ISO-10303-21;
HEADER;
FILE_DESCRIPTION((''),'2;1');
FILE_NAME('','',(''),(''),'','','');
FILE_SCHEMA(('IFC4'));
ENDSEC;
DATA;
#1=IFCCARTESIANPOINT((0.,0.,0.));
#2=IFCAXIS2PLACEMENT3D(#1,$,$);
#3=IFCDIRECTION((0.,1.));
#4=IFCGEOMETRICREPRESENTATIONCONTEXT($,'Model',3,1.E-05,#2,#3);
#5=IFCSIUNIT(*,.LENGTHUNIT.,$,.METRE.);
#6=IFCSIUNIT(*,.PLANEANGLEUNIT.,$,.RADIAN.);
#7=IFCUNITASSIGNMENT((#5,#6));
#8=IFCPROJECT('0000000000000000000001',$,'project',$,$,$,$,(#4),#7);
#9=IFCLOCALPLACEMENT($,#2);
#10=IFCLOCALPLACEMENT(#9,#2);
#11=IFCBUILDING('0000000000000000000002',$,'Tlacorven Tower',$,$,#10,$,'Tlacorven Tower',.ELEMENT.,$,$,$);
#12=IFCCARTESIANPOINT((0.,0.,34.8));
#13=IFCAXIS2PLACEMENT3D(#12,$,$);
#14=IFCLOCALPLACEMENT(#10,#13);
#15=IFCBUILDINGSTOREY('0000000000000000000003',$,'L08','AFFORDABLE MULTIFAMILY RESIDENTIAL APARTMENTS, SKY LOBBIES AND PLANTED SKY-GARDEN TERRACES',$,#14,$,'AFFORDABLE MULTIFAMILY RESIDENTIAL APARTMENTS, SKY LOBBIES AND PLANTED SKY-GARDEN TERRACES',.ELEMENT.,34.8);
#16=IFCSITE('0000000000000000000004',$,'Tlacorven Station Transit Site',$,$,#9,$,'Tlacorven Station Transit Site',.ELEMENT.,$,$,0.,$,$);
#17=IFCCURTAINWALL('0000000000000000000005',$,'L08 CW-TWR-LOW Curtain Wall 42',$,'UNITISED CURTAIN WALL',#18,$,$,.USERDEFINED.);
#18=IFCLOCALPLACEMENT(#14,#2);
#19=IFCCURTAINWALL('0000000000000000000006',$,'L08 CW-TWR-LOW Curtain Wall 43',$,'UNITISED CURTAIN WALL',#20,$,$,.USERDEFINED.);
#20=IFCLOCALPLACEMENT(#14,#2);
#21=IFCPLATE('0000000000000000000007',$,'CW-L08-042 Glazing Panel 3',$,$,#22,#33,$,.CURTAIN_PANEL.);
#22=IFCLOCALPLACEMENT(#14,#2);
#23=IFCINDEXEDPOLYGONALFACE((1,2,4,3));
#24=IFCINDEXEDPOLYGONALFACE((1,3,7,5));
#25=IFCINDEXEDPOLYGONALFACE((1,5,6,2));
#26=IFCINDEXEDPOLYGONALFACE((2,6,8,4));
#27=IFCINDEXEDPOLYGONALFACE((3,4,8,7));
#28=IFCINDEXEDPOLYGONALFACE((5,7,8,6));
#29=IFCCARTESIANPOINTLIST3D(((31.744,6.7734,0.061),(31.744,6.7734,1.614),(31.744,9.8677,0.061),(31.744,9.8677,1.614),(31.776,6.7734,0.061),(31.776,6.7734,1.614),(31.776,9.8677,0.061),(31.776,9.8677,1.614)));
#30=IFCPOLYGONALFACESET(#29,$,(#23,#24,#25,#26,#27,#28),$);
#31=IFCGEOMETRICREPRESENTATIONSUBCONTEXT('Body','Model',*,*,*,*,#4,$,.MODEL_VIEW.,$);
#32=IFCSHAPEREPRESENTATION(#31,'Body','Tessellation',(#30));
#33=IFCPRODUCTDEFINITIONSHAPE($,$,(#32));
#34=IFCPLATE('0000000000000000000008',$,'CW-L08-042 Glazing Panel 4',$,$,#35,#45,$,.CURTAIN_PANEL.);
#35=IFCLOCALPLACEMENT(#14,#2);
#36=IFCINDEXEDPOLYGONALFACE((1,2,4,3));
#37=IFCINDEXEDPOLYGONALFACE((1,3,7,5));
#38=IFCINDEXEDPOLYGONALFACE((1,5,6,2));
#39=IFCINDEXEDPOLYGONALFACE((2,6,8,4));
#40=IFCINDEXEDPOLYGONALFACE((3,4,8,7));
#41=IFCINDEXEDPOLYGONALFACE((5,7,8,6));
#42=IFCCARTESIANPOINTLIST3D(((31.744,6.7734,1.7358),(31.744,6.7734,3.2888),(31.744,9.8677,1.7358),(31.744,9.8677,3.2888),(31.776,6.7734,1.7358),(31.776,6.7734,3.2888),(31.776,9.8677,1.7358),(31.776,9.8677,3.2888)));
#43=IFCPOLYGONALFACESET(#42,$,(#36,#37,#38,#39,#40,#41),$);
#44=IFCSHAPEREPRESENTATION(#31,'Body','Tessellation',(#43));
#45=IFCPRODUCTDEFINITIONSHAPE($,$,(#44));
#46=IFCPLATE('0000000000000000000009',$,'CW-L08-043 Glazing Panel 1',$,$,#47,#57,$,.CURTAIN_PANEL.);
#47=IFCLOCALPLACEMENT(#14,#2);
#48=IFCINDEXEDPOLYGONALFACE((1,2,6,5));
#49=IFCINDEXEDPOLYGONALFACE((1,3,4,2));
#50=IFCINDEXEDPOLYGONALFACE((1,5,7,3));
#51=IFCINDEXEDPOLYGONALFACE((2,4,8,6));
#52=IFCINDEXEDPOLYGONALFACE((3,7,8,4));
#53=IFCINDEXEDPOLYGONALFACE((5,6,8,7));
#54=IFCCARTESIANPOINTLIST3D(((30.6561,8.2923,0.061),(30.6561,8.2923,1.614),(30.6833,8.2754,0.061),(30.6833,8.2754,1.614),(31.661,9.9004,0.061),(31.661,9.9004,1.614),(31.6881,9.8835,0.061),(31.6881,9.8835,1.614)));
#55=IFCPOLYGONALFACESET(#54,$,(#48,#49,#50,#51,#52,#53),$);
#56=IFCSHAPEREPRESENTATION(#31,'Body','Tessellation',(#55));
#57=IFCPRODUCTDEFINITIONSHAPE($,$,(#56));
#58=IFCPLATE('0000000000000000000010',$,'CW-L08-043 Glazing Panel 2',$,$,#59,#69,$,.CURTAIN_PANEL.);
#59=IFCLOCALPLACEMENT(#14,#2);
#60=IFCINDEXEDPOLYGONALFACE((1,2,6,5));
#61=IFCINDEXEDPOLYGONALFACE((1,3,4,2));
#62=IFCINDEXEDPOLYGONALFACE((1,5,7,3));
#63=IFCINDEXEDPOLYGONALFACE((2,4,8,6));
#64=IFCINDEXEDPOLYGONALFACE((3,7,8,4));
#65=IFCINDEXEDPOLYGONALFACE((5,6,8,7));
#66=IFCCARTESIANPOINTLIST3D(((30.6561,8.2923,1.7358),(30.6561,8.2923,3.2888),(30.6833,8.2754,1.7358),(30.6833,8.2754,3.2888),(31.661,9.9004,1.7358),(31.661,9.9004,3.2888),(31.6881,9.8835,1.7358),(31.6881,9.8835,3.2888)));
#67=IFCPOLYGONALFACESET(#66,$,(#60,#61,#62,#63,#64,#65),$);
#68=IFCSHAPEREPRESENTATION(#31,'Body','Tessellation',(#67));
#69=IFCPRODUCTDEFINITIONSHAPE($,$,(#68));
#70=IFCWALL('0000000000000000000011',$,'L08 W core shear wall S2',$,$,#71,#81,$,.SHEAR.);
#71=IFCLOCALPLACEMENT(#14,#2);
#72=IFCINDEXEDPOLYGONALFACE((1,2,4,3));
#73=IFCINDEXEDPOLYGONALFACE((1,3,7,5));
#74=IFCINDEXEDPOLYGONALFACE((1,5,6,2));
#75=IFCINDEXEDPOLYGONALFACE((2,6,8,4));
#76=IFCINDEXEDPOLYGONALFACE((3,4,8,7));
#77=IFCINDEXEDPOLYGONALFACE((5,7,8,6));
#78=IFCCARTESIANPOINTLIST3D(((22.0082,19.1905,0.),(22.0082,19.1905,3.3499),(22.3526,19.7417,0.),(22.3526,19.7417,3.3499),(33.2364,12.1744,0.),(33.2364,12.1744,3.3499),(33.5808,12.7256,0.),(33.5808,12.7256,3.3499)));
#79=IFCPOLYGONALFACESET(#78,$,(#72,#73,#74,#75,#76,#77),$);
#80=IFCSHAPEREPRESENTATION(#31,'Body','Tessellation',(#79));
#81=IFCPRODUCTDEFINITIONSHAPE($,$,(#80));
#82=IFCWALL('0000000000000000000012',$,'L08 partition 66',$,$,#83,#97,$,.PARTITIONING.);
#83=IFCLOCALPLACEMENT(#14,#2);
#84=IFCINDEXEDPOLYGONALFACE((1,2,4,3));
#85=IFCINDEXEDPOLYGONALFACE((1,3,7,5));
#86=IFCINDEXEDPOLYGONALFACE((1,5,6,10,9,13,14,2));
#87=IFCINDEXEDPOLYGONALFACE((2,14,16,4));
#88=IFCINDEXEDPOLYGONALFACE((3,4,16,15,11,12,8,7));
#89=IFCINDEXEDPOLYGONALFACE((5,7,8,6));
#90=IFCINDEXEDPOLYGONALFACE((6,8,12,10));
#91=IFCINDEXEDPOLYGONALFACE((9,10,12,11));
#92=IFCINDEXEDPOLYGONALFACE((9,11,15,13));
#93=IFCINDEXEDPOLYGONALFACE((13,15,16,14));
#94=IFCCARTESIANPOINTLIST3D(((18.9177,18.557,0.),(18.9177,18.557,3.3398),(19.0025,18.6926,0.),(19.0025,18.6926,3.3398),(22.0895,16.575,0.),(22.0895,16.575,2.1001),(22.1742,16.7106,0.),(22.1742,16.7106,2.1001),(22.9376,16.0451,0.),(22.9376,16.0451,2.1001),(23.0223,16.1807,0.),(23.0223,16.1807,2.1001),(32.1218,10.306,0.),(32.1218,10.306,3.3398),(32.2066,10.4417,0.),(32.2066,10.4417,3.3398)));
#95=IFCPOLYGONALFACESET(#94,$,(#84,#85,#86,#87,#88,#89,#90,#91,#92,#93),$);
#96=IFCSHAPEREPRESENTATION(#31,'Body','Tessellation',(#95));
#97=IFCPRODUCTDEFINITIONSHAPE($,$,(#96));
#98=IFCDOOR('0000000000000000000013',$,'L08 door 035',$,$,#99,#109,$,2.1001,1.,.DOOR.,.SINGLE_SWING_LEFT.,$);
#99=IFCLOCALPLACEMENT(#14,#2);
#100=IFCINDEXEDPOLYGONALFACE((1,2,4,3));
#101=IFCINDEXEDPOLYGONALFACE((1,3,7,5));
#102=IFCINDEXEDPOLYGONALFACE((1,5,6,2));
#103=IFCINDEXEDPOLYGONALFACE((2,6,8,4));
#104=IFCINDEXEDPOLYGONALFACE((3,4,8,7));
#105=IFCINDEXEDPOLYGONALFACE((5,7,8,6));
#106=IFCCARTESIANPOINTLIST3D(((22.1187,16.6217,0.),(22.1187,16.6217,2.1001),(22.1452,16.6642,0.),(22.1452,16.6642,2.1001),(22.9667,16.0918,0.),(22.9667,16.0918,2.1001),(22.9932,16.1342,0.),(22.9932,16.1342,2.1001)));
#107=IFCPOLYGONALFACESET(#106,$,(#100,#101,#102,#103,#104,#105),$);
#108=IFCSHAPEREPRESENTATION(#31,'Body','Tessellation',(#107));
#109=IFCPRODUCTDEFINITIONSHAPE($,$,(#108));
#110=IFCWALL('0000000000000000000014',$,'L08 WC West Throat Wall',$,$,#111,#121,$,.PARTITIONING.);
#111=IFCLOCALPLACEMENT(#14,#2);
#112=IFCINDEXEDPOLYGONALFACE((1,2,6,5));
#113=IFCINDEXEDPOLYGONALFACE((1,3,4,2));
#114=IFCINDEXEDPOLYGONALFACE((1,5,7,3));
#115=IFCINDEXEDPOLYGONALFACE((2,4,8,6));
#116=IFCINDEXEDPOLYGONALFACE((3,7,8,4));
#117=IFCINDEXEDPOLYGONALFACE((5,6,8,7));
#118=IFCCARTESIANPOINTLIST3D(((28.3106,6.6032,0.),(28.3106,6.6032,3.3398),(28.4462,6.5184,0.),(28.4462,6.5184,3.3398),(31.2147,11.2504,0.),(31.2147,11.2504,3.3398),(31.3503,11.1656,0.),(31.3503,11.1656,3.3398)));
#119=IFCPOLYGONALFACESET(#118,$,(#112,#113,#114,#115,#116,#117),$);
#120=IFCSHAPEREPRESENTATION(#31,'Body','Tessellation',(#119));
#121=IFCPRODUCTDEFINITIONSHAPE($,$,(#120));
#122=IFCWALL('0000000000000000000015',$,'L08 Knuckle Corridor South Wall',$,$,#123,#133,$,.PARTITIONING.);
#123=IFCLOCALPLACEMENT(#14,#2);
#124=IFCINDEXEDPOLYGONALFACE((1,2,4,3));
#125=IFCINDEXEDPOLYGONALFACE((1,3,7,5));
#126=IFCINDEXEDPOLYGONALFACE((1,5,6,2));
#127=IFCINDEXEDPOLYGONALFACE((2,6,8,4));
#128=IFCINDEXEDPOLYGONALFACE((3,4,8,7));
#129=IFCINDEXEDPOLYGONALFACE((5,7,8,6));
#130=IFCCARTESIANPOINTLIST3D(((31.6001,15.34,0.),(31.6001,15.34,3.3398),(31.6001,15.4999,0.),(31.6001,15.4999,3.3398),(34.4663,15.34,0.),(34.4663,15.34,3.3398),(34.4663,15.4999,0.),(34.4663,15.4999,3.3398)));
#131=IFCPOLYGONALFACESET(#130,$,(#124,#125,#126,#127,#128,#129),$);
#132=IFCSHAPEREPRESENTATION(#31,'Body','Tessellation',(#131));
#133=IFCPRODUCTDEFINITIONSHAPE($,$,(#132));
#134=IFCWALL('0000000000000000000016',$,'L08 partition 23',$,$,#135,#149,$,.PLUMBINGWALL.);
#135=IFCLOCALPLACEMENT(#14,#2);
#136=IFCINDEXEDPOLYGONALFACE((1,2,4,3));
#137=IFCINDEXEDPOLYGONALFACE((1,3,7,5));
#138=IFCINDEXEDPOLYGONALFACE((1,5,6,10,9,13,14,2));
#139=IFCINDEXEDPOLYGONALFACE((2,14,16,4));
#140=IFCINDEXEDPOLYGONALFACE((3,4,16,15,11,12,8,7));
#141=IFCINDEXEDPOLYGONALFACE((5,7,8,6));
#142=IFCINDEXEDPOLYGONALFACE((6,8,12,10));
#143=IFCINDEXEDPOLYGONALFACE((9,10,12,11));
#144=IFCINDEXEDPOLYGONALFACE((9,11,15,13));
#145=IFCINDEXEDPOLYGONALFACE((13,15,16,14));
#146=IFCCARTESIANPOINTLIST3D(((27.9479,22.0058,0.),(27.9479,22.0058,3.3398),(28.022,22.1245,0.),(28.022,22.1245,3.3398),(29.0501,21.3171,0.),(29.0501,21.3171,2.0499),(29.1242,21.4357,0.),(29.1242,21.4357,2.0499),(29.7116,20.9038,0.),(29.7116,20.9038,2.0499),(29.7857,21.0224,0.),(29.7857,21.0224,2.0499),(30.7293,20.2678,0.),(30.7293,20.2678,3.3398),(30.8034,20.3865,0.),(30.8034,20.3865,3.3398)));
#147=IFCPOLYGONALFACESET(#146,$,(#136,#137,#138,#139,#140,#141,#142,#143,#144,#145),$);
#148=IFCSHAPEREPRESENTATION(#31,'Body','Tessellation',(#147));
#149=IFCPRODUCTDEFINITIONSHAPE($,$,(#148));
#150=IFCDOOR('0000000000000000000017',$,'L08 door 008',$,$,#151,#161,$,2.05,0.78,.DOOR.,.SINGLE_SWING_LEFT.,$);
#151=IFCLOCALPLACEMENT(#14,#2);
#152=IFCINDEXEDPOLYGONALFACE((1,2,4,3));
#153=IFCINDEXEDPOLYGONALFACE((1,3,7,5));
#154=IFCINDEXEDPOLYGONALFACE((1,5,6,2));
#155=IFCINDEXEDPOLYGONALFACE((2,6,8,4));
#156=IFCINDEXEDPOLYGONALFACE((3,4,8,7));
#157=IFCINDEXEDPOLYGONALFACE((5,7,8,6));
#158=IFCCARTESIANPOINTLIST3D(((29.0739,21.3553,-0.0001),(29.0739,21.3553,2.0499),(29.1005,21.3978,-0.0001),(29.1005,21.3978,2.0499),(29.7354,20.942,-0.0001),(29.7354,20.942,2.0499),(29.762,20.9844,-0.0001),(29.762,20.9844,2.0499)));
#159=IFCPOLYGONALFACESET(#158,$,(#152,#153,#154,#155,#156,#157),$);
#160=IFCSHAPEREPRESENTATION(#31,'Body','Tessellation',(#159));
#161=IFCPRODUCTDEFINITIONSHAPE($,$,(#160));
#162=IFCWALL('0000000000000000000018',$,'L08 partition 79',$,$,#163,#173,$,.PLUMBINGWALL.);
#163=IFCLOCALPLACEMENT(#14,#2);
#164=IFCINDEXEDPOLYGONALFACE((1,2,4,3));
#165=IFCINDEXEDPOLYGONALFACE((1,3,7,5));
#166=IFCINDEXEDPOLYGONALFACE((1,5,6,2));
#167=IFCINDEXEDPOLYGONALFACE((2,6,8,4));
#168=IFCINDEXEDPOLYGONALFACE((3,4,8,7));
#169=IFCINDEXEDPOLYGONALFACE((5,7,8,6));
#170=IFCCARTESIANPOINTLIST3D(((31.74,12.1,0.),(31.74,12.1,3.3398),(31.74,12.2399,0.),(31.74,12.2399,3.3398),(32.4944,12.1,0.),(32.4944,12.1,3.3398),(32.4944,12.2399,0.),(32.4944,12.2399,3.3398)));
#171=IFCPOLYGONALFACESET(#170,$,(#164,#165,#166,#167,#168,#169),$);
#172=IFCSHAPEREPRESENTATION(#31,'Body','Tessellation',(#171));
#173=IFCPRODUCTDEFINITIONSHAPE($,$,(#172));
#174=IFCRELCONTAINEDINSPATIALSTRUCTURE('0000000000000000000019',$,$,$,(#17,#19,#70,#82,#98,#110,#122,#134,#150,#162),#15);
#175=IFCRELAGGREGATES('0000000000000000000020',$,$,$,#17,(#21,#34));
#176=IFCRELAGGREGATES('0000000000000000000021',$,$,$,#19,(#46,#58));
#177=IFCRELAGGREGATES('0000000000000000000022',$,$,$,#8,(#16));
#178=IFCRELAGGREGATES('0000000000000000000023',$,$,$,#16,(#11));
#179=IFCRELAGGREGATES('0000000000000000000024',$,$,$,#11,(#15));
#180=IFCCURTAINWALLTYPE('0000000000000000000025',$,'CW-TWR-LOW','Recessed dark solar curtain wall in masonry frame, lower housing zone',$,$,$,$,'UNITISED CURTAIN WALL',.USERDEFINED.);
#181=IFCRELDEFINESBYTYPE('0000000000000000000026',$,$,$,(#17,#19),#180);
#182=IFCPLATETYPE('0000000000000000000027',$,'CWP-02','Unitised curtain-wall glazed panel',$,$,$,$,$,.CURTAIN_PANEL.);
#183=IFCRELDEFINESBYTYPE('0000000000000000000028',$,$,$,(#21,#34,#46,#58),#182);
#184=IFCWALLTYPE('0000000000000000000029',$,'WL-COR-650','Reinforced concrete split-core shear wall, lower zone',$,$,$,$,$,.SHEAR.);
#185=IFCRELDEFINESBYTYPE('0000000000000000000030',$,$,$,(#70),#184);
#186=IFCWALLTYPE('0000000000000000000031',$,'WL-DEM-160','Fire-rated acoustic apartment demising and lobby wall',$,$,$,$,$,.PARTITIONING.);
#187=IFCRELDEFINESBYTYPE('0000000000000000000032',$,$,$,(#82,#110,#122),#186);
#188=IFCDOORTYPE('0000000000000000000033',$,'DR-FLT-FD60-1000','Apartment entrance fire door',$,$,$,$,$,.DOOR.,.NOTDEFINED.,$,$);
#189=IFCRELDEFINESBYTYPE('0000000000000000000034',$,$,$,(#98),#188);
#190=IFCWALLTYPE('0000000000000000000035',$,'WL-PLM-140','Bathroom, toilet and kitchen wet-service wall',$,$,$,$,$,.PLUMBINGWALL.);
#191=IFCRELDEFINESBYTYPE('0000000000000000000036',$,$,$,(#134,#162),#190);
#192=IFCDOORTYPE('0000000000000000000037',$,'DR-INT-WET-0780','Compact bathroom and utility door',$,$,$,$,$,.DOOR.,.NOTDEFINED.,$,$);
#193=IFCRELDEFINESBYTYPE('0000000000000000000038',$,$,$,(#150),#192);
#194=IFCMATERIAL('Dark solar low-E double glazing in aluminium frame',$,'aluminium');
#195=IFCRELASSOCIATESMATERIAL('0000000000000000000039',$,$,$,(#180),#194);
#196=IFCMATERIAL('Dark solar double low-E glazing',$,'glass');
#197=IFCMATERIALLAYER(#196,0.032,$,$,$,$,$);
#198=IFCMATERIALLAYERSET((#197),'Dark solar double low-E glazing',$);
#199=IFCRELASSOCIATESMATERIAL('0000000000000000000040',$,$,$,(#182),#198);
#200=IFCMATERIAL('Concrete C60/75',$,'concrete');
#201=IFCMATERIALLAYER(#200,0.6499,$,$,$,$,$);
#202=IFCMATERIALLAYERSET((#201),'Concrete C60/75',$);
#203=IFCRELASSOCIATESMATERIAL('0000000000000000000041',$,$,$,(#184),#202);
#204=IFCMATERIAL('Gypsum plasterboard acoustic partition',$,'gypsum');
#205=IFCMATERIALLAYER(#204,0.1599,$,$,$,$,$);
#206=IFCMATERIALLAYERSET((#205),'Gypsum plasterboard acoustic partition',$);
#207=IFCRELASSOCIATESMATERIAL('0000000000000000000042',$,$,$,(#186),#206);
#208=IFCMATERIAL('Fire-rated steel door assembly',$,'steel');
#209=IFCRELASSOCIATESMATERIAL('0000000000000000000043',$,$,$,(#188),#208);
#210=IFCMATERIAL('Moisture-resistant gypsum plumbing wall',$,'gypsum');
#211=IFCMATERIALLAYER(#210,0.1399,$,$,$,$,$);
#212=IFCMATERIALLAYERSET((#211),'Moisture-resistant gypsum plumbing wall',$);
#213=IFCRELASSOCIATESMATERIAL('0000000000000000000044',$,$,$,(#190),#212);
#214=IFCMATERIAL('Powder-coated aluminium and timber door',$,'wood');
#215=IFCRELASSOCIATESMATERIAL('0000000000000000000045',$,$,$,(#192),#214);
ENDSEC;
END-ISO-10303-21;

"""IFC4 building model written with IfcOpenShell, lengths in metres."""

from ifc_helpers import new_model, si_unit, direction, frame, frame_2d, origin, origin_2d, place, context, subcontext, project, spatial, rectangle, extrude, source, transform, mapped, material, layer, layer_set, type_object, element, fill, aggregate, save


model = new_model("IFC4")

# Units and contexts
model_context = context("Model", 3, precision=1e-05, world=origin(), true_north=direction((0.0, 1.0)))
body_context = subcontext(model_context, "Body", "Model", "MODEL_VIEW")
ifc_project = project(units=[si_unit("LENGTHUNIT", "METRE"), si_unit("PLANEANGLEUNIT", "RADIAN")], contexts=[model_context])

# Site, building, storey
site_placement = place(None, origin())
site = spatial("IfcSite", under=ifc_project, at=site_placement, Name="Tlacorven Station Transit Site", LongName="Tlacorven Station Transit Site", CompositionType="ELEMENT", RefElevation=0.0)
building_placement = place(site_placement, origin())
building = spatial("IfcBuilding", under=site, at=building_placement, Name="Tlacorven Tower", LongName="Tlacorven Tower", CompositionType="ELEMENT")
storey_placement = place(building_placement, frame((0.0, 0.0, 34.8)))
storey = spatial("IfcBuildingStorey", under=building, at=storey_placement, Name="L08", Description="AFFORDABLE MULTIFAMILY RESIDENTIAL APARTMENTS, SKY LOBBIES AND PLANTED SKY-GARDEN TERRACES", LongName="AFFORDABLE MULTIFAMILY RESIDENTIAL APARTMENTS, SKY LOBBIES AND PLANTED SKY-GARDEN TERRACES", CompositionType="ELEMENT", Elevation=34.8)

# Curtain wall
ifc_material_1 = material(Name="Dark solar low-E double glazing in aluminium frame", Category="aluminium")
curtain_wall_type = type_object("IfcCurtainWallType", Name="CW-TWR-LOW", Description="Recessed dark solar curtain wall in masonry frame, lower housing zone", ElementType="UNITISED CURTAIN WALL", PredefinedType="USERDEFINED", material=ifc_material_1)
curtain_wall_1_placement = place(storey_placement, origin())
curtain_wall_1 = element("IfcCurtainWall", 1, at=curtain_wall_1_placement, inside=storey, type_object=curtain_wall_type, Name="L08 CW-TWR-LOW Curtain Wall 42", ObjectType="UNITISED CURTAIN WALL", PredefinedType="USERDEFINED")

# Curtain wall
curtain_wall_2_placement = place(storey_placement, origin())
curtain_wall_2 = element("IfcCurtainWall", 2, at=curtain_wall_2_placement, inside=storey, type_object=curtain_wall_type, Name="L08 CW-TWR-LOW Curtain Wall 43", ObjectType="UNITISED CURTAIN WALL", PredefinedType="USERDEFINED")

# Plates
ifc_material_2 = material(Name="Dark solar double low-E glazing", Category="glass")
ifc_layer_1 = layer(ifc_material_2, 0.032)
ifc_layer_set_1 = layer_set([ifc_layer_1], Name="Dark solar double low-E glazing")
plate_type = type_object("IfcPlateType", Name="CWP-02", Description="Unitised curtain-wall glazed panel", PredefinedType="CURTAIN_PANEL", material=ifc_layer_set_1)
shared_shape_1 = source(origin(), body_context, "Body", "SweptSolid", [
    extrude(rectangle(XDim=3.0942, YDim=0.032, at=origin_2d()), origin(), (0.0, 0.0, 1.0), 1.553),
])
plate_1_placement = place(storey_placement, frame((31.76, 8.3206, 0.061), z_axis=(0.0, 0.0, 1.0), x_axis=(0.0, 1.0, 0.0)))
plate_1 = element("IfcPlate", 3, at=plate_1_placement, type_object=plate_type, Name="CW-L08-042 Glazing Panel 3", PredefinedType="CURTAIN_PANEL", context=body_context, shape_type="MappedRepresentation", body=[
    mapped(shared_shape_1, transform((0.0, 0.0, 0.0), scale=1.0)),
])
plate_2_placement = place(storey_placement, frame((31.76, 8.3206, 1.7358), z_axis=(0.0, 0.0, 1.0), x_axis=(0.0, 1.0, 0.0)))
plate_2 = element("IfcPlate", 4, at=plate_2_placement, type_object=plate_type, Name="CW-L08-042 Glazing Panel 4", PredefinedType="CURTAIN_PANEL", context=body_context, shape_type="MappedRepresentation", body=[
    mapped(shared_shape_1, transform((0.0, 0.0, 0.0), scale=1.0)),
])
aggregate(curtain_wall_1, [plate_1, plate_2])
shared_shape_2 = source(origin(), body_context, "Body", "SweptSolid", [
    extrude(rectangle(XDim=1.8962, YDim=0.032, at=origin_2d()), origin(), (0.0, 0.0, 1.0), 1.553),
])
plate_3_placement = place(storey_placement, frame((31.1721, 9.0879, 0.061), z_axis=(0.0, 0.0, 1.0), x_axis=(-0.529919, -0.848048, 0.0)))
plate_3 = element("IfcPlate", 5, at=plate_3_placement, type_object=plate_type, Name="CW-L08-043 Glazing Panel 1", PredefinedType="CURTAIN_PANEL", context=body_context, shape_type="MappedRepresentation", body=[
    mapped(shared_shape_2, transform((0.0, 0.0, 0.0), scale=1.0)),
])
plate_4_placement = place(storey_placement, frame((31.1721, 9.0879, 1.7358), z_axis=(0.0, 0.0, 1.0), x_axis=(-0.529919, -0.848048, 0.0)))
plate_4 = element("IfcPlate", 6, at=plate_4_placement, type_object=plate_type, Name="CW-L08-043 Glazing Panel 2", PredefinedType="CURTAIN_PANEL", context=body_context, shape_type="MappedRepresentation", body=[
    mapped(shared_shape_2, transform((0.0, 0.0, 0.0), scale=1.0)),
])
aggregate(curtain_wall_2, [plate_3, plate_4])

# Wall
ifc_material_3 = material(Name="Concrete C60/75", Category="concrete")
ifc_layer_2 = layer(ifc_material_3, 0.6499)
ifc_layer_set_2 = layer_set([ifc_layer_2], Name="Concrete C60/75")
wall_type_1 = type_object("IfcWallType", Name="WL-COR-650", Description="Reinforced concrete split-core shear wall, lower zone", PredefinedType="SHEAR", material=ifc_layer_set_2)
wall_1_placement = place(storey_placement, frame((33.4087, 12.45, 0.0), z_axis=(0.0, 0.0, 1.0), x_axis=(-0.848051, 0.529914, 0.0)))
element("IfcWall", 7, at=wall_1_placement, inside=storey, type_object=wall_type_1, Name="L08 W core shear wall S2", PredefinedType="SHEAR", context=body_context, shape_type="SweptSolid", body=[
    extrude(rectangle(XDim=13.24, YDim=0.6499, at=frame_2d((6.6201, 0.0))), origin(), (0.0, 0.0, 1.0), 3.3499),
])

# Wall, opening, door
ifc_material_4 = material(Name="Gypsum plasterboard acoustic partition", Category="gypsum")
ifc_layer_3 = layer(ifc_material_4, 0.1599)
ifc_layer_set_3 = layer_set([ifc_layer_3], Name="Gypsum plasterboard acoustic partition")
wall_type_2 = type_object("IfcWallType", Name="WL-DEM-160", Description="Fire-rated acoustic apartment demising and lobby wall", PredefinedType="PARTITIONING", material=ifc_layer_set_3)
wall_2_placement = place(storey_placement, frame((32.1643, 10.3738, 0.0), z_axis=(0.0, 0.0, 1.0), x_axis=(-0.848044, 0.529926, 0.0)))
wall_2 = element("IfcWall", 8, at=wall_2_placement, inside=storey, type_object=wall_type_2, Name="L08 partition 66", PredefinedType="PARTITIONING", context=body_context, shape_type="SweptSolid", body=[
    extrude(rectangle(XDim=15.5701, YDim=0.1599, at=frame_2d((7.7852, 0.0))), origin(), (0.0, 0.0, 1.0), 3.3398),
])
opening_1_placement = place(wall_2_placement, frame((10.8301, 0.0, 0.0)))
opening_1 = element("IfcOpeningElement", 9, at=opening_1_placement, cuts=wall_2, PredefinedType="OPENING", context=body_context, shape_type="SweptSolid", body=[
    extrude(rectangle(XDim=1.0, YDim=2.1001, at=frame_2d((0.5, 1.05))), frame((0.0, 0.0898, 0.0), z_axis=(0.0, -1.0, 0.0), x_axis=(1.0, 0.0, 0.0)), (0.0, 0.0, 1.0), 0.1799),
])
ifc_material_5 = material(Name="Fire-rated steel door assembly", Category="steel")
door_type_1 = type_object("IfcDoorType", Name="DR-FLT-FD60-1000", Description="Apartment entrance fire door", OperationType="NOTDEFINED", PredefinedType="DOOR", material=ifc_material_5)
shared_shape_3 = source(origin(), body_context, "Body", "SweptSolid", [
    extrude(rectangle(XDim=1.0, YDim=2.1001, at=frame_2d((0.5, 1.05))), frame((0.0, 0.0249, 0.0), z_axis=(0.0, -1.0, 0.0), x_axis=(1.0, 0.0, 0.0)), (0.0, 0.0, 1.0), 0.05),
])
door_1_placement = place(opening_1_placement, origin())
door_1 = element("IfcDoor", 10, at=door_1_placement, inside=storey, type_object=door_type_1, Name="L08 door 035", OperationType="SINGLE_SWING_LEFT", OverallHeight=2.1001, OverallWidth=1.0, PredefinedType="DOOR", context=body_context, shape_type="MappedRepresentation", body=[
    mapped(shared_shape_3, transform((0.0, 0.0, 0.0), scale=1.0)),
])
fill(opening_1, door_1)

# Walls
wall_3_placement = place(storey_placement, frame((31.2825, 11.208, 0.0), z_axis=(0.0, 0.0, 1.0), x_axis=(-0.529939, -0.848036, 0.0)))
element("IfcWall", 11, at=wall_3_placement, inside=storey, type_object=wall_type_2, Name="L08 WC West Throat Wall", PredefinedType="PARTITIONING", context=body_context, shape_type="SweptSolid", body=[
    extrude(rectangle(XDim=5.48, YDim=0.1599, at=frame_2d((2.74, 0.0))), origin(), (0.0, 0.0, 1.0), 3.3398),
])
wall_4_placement = place(storey_placement, frame((31.6001, 15.4199, 0.0), z_axis=(0.0, 0.0, 1.0), x_axis=(1.0, 0.0, 0.0)))
element("IfcWall", 12, at=wall_4_placement, inside=storey, type_object=wall_type_2, Name="L08 Knuckle Corridor South Wall", PredefinedType="PARTITIONING", context=body_context, shape_type="SweptSolid", body=[
    extrude(rectangle(XDim=2.8662, YDim=0.1599, at=frame_2d((1.4331, 0.0))), origin(), (0.0, 0.0, 1.0), 3.3398),
])

# Wall, opening, door
ifc_material_6 = material(Name="Moisture-resistant gypsum plumbing wall", Category="gypsum")
ifc_layer_4 = layer(ifc_material_6, 0.1399)
ifc_layer_set_4 = layer_set([ifc_layer_4], Name="Moisture-resistant gypsum plumbing wall")
wall_type_3 = type_object("IfcWallType", Name="WL-PLM-140", Description="Bathroom, toilet and kitchen wet-service wall", PredefinedType="PLUMBINGWALL", material=ifc_layer_set_4)
wall_5_placement = place(storey_placement, frame((30.7664, 20.3271, 0.0), z_axis=(0.0, 0.0, 1.0), x_axis=(-0.848053, 0.529912, 0.0)))
wall_5 = element("IfcWall", 13, at=wall_5_placement, inside=storey, type_object=wall_type_3, Name="L08 partition 23", PredefinedType="PLUMBINGWALL", context=body_context, shape_type="SweptSolid", body=[
    extrude(rectangle(XDim=3.2798, YDim=0.1399, at=frame_2d((1.6399, 0.0))), origin(), (0.0, 0.0, 1.0), 3.3398),
])
opening_2_placement = place(wall_5_placement, frame((1.2, 0.0, 0.0)))
opening_2 = element("IfcOpeningElement", 14, at=opening_2_placement, cuts=wall_5, PredefinedType="OPENING", context=body_context, shape_type="SweptSolid", body=[
    extrude(rectangle(XDim=0.78, YDim=2.05, at=frame_2d((0.3901, 1.0249))), frame((0.0, 0.0801, 0.0), z_axis=(0.0, -1.0, 0.0), x_axis=(1.0, 0.0, 0.0)), (0.0, 0.0, 1.0), 0.1599),
])
ifc_material_7 = material(Name="Powder-coated aluminium and timber door", Category="wood")
door_type_2 = type_object("IfcDoorType", Name="DR-INT-WET-0780", Description="Compact bathroom and utility door", OperationType="NOTDEFINED", PredefinedType="DOOR", material=ifc_material_7)
shared_shape_4 = source(origin(), body_context, "Body", "SweptSolid", [
    extrude(rectangle(XDim=0.78, YDim=2.05, at=frame_2d((0.3901, 1.0249))), frame((0.0, 0.0249, 0.0), z_axis=(0.0, -1.0, 0.0), x_axis=(1.0, 0.0, 0.0)), (0.0, 0.0, 1.0), 0.05),
])
door_2_placement = place(opening_2_placement, origin())
door_2 = element("IfcDoor", 15, at=door_2_placement, inside=storey, type_object=door_type_2, Name="L08 door 008", OperationType="SINGLE_SWING_LEFT", OverallHeight=2.05, OverallWidth=0.78, PredefinedType="DOOR", context=body_context, shape_type="MappedRepresentation", body=[
    mapped(shared_shape_4, transform((0.0, 0.0, 0.0), scale=1.0)),
])
fill(opening_2, door_2)

# Wall
wall_6_placement = place(storey_placement, frame((31.74, 12.1699, 0.0), z_axis=(0.0, 0.0, 1.0), x_axis=(1.0, 0.0, 0.0)))
element("IfcWall", 16, at=wall_6_placement, inside=storey, type_object=wall_type_3, Name="L08 partition 79", PredefinedType="PLUMBINGWALL", context=body_context, shape_type="SweptSolid", body=[
    extrude(rectangle(XDim=0.7544, YDim=0.1399, at=frame_2d((0.3772, 0.0))), origin(), (0.0, 0.0, 1.0), 3.3398),
])

save(model, "model.ifc")
